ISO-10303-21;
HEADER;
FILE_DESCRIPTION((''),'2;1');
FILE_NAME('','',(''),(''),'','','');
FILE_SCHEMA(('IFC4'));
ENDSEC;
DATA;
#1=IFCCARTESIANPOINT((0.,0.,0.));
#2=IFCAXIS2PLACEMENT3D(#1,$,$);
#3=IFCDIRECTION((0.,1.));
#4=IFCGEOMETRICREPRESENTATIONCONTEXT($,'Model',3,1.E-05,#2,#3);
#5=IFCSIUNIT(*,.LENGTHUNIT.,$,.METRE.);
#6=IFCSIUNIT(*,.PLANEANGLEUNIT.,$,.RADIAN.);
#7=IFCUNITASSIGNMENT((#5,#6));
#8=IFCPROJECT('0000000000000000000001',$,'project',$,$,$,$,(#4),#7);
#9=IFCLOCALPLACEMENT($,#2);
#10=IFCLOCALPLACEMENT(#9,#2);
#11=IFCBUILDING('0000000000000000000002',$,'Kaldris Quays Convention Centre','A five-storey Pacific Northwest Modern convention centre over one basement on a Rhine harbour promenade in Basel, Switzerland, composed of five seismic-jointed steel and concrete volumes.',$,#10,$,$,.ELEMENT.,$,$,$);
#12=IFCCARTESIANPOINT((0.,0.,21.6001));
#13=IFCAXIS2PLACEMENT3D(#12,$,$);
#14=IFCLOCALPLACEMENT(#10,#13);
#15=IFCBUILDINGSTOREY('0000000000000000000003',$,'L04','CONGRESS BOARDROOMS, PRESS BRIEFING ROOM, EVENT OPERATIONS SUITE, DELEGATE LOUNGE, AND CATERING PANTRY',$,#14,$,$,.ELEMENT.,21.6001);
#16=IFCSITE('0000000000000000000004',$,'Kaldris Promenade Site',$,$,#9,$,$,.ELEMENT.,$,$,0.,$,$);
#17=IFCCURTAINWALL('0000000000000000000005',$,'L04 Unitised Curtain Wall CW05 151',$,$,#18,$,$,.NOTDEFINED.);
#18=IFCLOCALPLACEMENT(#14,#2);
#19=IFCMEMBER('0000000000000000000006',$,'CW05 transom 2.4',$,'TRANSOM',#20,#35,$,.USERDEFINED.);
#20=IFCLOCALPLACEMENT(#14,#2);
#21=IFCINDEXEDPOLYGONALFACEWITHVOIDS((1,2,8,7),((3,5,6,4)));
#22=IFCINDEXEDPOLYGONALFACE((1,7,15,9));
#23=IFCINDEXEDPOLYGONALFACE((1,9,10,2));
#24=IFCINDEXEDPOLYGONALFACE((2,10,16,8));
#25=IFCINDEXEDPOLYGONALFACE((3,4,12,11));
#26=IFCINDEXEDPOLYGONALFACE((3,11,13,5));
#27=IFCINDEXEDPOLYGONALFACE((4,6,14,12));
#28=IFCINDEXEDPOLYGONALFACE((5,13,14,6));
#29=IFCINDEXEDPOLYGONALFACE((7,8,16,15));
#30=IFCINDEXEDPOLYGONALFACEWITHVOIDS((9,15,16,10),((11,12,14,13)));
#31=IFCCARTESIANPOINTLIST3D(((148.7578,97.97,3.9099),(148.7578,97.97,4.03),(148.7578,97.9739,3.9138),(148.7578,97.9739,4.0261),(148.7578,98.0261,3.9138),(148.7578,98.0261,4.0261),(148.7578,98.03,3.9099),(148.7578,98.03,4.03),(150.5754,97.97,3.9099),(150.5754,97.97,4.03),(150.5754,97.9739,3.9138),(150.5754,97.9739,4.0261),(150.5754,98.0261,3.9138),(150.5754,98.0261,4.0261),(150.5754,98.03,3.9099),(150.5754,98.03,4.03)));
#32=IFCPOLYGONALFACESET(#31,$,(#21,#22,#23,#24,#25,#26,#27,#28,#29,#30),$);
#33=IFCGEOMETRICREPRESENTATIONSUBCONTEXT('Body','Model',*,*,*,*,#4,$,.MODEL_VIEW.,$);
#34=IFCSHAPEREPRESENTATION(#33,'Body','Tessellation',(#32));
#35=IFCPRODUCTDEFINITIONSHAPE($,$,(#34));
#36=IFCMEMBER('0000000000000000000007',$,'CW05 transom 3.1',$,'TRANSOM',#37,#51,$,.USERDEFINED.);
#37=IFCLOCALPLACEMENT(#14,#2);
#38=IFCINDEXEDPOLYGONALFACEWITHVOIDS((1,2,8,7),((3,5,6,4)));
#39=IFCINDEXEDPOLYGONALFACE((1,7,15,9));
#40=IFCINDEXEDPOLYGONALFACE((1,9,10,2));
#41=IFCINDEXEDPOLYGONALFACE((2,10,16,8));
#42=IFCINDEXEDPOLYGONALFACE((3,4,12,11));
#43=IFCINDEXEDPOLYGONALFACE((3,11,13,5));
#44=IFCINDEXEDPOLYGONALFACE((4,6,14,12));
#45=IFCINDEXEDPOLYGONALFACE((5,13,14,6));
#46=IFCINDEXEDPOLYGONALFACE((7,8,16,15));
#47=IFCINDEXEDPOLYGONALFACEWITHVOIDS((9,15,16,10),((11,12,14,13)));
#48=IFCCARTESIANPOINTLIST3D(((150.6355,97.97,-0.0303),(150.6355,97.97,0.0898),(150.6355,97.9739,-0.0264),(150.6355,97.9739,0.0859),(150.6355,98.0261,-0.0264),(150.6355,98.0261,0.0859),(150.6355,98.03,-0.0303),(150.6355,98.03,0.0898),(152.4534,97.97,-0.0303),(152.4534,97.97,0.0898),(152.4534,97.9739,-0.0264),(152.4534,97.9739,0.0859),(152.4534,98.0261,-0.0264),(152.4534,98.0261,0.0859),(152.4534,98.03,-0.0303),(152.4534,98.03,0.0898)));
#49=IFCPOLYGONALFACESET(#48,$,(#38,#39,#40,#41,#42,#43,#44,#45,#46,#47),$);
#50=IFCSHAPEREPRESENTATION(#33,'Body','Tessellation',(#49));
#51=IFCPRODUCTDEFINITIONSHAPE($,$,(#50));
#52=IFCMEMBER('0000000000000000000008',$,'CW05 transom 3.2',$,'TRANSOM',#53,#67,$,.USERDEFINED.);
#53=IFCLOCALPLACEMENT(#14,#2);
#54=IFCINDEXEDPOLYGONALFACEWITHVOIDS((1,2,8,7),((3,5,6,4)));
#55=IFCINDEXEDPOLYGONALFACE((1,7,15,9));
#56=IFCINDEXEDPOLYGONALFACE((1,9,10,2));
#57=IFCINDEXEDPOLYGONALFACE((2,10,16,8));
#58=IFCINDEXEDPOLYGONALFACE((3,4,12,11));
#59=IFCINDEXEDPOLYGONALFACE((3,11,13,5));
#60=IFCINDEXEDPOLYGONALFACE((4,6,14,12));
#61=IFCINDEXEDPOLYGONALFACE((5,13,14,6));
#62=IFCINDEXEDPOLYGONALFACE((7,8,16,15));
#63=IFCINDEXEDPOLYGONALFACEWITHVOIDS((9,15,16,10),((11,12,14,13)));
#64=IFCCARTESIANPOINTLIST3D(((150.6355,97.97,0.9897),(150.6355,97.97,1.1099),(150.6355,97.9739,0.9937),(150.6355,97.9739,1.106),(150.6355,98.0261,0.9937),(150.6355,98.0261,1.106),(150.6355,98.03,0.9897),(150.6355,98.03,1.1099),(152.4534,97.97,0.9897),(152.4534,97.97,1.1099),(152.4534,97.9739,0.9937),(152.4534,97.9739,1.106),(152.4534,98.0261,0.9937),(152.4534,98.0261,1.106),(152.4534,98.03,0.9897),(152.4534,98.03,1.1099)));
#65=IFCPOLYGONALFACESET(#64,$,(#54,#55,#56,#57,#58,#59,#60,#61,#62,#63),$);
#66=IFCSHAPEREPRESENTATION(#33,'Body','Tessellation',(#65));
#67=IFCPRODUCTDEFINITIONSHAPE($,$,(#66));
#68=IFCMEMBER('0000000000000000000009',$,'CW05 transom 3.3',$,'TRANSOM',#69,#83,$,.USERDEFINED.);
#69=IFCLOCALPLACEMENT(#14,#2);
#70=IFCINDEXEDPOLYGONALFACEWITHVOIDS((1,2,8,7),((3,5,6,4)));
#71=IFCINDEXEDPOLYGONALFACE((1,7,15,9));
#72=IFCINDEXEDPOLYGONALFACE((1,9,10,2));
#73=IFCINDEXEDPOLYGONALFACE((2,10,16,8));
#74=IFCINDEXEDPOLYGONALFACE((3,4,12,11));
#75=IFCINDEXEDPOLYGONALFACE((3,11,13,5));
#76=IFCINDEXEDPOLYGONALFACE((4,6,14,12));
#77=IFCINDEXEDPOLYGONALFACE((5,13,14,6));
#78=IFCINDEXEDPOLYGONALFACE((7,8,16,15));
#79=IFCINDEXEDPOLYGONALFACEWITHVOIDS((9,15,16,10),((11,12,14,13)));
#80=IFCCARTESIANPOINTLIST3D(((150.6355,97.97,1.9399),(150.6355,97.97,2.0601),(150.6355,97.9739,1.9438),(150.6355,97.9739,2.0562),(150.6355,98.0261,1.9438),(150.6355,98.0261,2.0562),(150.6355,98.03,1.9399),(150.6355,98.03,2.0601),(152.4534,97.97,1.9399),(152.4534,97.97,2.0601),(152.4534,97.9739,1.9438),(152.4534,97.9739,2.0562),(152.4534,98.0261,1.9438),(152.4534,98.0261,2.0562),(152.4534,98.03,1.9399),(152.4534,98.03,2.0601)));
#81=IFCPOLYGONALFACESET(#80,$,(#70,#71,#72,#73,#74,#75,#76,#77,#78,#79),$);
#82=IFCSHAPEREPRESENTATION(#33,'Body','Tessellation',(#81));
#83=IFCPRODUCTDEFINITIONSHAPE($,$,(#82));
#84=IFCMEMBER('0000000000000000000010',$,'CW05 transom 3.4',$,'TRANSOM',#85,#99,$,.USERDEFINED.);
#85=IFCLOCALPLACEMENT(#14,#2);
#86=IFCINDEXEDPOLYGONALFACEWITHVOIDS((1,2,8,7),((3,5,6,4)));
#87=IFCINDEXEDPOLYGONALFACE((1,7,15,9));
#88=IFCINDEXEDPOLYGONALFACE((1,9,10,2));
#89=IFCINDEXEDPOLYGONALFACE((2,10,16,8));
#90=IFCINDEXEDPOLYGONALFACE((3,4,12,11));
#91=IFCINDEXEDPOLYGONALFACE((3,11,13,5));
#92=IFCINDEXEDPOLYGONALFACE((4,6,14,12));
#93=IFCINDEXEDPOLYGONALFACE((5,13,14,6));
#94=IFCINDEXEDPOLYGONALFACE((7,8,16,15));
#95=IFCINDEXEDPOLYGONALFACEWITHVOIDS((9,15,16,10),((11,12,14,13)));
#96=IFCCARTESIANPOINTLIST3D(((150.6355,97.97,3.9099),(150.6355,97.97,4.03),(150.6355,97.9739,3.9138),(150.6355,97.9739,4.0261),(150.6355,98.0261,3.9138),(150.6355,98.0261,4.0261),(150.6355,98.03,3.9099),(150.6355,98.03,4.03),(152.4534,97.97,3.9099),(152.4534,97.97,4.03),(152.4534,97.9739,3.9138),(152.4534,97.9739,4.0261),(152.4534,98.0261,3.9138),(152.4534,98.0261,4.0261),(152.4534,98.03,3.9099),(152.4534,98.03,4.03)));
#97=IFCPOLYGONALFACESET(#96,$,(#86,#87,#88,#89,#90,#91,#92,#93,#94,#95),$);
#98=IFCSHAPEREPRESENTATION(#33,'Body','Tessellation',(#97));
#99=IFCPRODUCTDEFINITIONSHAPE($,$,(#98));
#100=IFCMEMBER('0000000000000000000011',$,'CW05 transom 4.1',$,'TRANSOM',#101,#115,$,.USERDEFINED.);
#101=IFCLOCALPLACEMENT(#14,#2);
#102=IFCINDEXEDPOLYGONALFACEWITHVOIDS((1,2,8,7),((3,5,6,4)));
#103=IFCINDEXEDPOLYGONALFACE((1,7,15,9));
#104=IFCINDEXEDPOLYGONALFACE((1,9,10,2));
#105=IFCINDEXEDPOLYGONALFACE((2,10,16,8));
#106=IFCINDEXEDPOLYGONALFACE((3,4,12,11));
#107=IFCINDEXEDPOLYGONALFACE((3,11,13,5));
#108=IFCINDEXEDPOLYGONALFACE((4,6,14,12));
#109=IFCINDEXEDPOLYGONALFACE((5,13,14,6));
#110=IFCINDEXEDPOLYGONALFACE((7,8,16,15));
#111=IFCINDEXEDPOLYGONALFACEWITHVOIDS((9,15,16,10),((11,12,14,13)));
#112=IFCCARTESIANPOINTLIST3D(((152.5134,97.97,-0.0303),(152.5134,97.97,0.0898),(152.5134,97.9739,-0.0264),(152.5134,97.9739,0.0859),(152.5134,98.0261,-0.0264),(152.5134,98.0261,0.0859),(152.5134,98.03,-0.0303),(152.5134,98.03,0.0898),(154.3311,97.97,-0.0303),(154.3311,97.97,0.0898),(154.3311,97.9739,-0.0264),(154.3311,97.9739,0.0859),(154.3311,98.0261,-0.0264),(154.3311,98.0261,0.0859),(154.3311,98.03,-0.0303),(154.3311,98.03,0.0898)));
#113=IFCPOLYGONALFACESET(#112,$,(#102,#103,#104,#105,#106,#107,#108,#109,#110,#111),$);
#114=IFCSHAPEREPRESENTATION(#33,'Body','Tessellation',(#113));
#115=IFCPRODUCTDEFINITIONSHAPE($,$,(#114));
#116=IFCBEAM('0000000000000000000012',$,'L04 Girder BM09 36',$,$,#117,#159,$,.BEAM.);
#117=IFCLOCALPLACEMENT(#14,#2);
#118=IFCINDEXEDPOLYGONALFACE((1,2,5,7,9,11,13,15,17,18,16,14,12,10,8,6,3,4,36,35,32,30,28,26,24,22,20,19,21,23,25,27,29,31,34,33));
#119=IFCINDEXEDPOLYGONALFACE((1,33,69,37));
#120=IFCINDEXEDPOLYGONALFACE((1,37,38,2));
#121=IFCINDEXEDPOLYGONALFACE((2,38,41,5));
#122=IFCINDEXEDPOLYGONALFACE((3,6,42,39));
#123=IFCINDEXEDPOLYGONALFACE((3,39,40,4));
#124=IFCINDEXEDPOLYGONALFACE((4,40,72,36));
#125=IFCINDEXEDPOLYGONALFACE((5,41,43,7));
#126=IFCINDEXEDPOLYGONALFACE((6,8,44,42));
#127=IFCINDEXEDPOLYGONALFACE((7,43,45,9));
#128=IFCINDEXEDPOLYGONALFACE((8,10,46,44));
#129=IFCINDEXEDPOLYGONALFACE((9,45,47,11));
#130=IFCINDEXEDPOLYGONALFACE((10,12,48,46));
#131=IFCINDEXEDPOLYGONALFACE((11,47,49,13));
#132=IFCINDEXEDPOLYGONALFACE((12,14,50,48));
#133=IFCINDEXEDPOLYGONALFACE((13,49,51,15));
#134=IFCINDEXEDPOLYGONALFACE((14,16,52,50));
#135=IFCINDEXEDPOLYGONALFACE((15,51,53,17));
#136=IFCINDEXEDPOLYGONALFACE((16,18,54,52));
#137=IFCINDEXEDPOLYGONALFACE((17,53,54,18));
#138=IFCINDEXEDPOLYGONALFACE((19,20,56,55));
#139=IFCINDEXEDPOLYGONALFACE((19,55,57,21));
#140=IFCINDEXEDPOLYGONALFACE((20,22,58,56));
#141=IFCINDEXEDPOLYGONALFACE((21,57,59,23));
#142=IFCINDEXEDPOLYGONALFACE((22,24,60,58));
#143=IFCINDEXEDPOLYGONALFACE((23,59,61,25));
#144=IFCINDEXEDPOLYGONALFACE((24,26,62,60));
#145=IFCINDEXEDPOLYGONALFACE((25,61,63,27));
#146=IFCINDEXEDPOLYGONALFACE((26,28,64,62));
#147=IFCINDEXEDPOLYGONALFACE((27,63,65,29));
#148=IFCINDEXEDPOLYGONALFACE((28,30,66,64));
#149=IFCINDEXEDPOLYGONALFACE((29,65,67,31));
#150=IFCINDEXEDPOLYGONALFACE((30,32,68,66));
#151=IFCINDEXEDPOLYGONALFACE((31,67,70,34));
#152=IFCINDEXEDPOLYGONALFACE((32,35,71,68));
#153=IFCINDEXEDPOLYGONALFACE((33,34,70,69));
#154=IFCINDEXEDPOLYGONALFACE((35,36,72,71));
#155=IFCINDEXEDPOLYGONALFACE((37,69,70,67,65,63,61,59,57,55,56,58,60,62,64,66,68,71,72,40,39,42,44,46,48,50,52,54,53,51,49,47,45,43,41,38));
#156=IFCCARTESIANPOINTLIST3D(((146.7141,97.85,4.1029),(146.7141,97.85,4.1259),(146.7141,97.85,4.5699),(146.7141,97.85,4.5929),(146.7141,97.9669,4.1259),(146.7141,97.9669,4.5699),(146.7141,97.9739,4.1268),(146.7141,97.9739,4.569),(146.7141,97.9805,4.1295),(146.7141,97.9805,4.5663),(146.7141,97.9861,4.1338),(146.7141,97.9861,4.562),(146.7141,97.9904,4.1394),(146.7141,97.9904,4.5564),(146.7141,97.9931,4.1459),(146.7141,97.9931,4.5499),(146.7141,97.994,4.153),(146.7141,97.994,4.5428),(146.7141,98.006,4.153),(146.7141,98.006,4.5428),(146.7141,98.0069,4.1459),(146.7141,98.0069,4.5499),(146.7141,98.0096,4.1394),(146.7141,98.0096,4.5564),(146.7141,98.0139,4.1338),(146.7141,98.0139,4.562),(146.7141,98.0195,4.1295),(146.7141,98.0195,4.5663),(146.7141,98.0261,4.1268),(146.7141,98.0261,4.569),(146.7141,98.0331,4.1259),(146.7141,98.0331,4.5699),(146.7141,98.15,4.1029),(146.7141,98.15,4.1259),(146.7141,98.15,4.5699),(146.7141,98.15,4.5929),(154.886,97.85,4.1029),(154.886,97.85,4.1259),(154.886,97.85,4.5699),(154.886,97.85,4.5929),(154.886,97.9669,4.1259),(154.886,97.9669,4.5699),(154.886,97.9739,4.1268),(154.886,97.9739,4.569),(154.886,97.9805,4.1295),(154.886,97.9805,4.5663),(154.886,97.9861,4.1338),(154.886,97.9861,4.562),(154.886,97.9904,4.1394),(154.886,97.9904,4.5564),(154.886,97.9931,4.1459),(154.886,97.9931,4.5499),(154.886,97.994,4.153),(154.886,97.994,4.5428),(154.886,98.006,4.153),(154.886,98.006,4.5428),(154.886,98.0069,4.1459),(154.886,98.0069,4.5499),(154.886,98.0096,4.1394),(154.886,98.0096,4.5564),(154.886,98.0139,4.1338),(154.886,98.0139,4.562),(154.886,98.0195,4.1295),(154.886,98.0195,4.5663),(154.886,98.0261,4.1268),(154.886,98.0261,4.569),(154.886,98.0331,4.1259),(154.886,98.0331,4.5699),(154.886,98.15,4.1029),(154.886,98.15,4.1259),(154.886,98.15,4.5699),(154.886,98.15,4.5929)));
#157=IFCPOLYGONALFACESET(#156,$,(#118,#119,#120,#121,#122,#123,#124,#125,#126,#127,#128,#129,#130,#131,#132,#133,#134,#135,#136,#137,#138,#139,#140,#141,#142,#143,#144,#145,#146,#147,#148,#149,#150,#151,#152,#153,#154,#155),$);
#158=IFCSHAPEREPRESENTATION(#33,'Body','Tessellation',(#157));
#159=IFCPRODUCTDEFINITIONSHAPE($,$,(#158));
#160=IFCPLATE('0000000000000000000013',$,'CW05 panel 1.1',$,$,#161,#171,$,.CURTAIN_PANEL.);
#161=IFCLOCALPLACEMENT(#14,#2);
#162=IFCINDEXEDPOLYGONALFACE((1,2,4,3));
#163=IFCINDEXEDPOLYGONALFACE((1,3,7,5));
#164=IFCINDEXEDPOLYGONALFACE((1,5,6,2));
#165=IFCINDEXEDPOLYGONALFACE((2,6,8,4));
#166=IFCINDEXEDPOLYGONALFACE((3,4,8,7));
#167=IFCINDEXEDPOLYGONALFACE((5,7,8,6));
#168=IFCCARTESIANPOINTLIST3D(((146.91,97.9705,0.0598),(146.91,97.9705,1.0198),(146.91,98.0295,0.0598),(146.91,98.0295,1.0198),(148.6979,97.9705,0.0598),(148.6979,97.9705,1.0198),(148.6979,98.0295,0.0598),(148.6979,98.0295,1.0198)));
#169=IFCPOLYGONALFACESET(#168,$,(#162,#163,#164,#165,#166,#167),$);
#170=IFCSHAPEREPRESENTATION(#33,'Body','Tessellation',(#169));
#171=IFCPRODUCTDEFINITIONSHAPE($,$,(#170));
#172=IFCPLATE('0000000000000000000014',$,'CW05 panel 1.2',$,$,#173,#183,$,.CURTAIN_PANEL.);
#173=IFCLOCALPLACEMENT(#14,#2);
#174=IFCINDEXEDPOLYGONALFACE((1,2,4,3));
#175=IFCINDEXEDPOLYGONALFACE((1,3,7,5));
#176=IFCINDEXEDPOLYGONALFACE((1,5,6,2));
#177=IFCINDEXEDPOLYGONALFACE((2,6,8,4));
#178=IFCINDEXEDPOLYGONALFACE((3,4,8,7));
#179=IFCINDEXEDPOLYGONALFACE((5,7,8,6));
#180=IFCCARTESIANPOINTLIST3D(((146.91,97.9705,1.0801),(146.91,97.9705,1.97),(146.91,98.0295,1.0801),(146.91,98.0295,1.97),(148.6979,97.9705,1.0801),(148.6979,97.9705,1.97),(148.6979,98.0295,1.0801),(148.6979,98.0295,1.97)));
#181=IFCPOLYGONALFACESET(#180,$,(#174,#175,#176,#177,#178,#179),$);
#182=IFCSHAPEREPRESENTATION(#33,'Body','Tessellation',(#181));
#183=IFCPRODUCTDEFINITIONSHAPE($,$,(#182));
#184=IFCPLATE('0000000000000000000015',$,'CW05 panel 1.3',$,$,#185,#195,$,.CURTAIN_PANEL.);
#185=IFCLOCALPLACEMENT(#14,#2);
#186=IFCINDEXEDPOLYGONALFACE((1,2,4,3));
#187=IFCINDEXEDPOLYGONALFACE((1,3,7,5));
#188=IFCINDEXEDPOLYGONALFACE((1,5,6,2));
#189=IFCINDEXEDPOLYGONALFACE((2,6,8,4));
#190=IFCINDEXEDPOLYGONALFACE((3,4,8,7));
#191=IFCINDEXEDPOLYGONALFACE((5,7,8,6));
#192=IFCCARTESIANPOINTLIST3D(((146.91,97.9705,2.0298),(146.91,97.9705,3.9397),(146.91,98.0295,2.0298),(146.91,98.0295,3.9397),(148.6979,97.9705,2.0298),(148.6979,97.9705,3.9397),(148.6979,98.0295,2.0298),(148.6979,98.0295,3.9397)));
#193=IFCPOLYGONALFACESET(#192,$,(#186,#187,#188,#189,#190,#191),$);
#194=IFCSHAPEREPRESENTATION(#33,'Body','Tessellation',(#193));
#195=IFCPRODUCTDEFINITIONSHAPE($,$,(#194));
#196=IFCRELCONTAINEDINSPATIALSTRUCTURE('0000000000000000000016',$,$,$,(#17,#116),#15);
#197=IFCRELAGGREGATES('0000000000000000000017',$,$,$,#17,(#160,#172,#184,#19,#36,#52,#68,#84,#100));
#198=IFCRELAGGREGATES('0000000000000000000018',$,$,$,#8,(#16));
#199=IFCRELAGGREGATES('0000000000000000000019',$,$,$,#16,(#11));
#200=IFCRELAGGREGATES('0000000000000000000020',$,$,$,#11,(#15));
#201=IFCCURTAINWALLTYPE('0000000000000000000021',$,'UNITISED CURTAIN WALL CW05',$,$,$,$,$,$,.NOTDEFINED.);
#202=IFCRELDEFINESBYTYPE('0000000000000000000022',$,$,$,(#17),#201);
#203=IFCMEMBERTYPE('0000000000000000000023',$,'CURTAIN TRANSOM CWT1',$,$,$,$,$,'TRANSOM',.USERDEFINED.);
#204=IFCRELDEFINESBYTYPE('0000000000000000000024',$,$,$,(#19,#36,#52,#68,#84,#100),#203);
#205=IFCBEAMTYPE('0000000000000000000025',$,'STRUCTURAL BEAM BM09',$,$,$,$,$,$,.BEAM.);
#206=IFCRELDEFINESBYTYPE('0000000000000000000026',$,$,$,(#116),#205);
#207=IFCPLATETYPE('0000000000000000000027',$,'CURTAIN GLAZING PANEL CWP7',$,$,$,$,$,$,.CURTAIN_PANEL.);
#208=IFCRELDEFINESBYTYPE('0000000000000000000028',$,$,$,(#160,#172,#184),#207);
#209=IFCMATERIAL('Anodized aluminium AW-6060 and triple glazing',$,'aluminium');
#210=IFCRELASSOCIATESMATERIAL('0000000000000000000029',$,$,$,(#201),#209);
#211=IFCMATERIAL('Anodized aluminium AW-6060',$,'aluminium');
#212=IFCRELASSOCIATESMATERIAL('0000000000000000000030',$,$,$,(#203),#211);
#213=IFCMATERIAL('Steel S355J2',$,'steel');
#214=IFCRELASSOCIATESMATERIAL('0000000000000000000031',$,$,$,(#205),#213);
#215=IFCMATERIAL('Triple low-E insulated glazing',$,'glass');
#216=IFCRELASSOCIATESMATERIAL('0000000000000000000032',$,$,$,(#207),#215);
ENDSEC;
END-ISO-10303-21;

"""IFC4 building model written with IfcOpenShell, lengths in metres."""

from ifc_helpers import new_model, si_unit, direction, frame, origin, origin_2d, place, context, subcontext, project, spatial, rectangle, hollow_rectangle, i_section, extrude, material, material_profile, profile_set, type_object, element, aggregate, save


model = new_model("IFC4")

# Units and contexts
model_context = context("Model", 3, precision=1e-05, world=origin(), true_north=direction((0.0, 1.0)))
body_context = subcontext(model_context, "Body", "Model", "MODEL_VIEW")
ifc_project = project(units=[si_unit("LENGTHUNIT", "METRE"), si_unit("PLANEANGLEUNIT", "RADIAN")], contexts=[model_context])

# Site, building, storey
site_placement = place(None, origin())
site = spatial("IfcSite", under=ifc_project, at=site_placement, Name="Kaldris Promenade Site", CompositionType="ELEMENT", RefElevation=0.0)
building_placement = place(site_placement, origin())
building = spatial("IfcBuilding", under=site, at=building_placement, Name="Kaldris Quays Convention Centre", Description="A five-storey Pacific Northwest Modern convention centre over one basement on a Rhine harbour promenade in Basel, Switzerland, composed of five seismic-jointed steel and concrete volumes.", CompositionType="ELEMENT")
storey_placement = place(building_placement, frame((0.0, 0.0, 21.6001)))
storey = spatial("IfcBuildingStorey", under=building, at=storey_placement, Name="L04", Description="CONGRESS BOARDROOMS, PRESS BRIEFING ROOM, EVENT OPERATIONS SUITE, DELEGATE LOUNGE, AND CATERING PANTRY", CompositionType="ELEMENT", Elevation=21.6001)

# Curtain wall, members
ifc_material_1 = material(Name="Anodized aluminium AW-6060 and triple glazing", Category="aluminium")
curtain_wall_type = type_object("IfcCurtainWallType", Name="UNITISED CURTAIN WALL CW05", PredefinedType="NOTDEFINED", material=ifc_material_1)
curtain_wall_placement = place(storey_placement, origin())
curtain_wall = element("IfcCurtainWall", 1, at=curtain_wall_placement, inside=storey, type_object=curtain_wall_type, Name="L04 Unitised Curtain Wall CW05 151", PredefinedType="NOTDEFINED")
ifc_material_2 = material(Name="Anodized aluminium AW-6060", Category="aluminium")
ifc_material_profile_1 = material_profile(ifc_material_2, hollow_rectangle(XDim=0.0601, YDim=0.1201, WallThickness=0.0039, at=origin_2d()), Name="RHS 120x60x4")
ifc_profile_set_1 = profile_set([ifc_material_profile_1], Name="Anodized aluminium AW-6060")
member_type_1 = type_object("IfcMemberType", Name="CURTAIN TRANSOM CWT1", ElementType="TRANSOM", PredefinedType="USERDEFINED", material=ifc_profile_set_1)
member_1_placement = place(storey_placement, frame((148.7578, 98.0, 3.97), z_axis=(1.0, 0.0, 0.0), x_axis=(0.0, 1.0, 0.0)))
member_1 = element("IfcMember", 2, at=member_1_placement, type_object=member_type_1, Name="CW05 transom 2.4", ObjectType="TRANSOM", PredefinedType="USERDEFINED", context=body_context, shape_type="SweptSolid", body=[
    extrude(hollow_rectangle(XDim=0.0601, YDim=0.1201, WallThickness=0.0039, at=origin_2d()), origin(), (0.0, 0.0, 1.0), 1.8176),
])
member_2_placement = place(storey_placement, frame((150.6355, 98.0, 0.0298), z_axis=(1.0, 0.0, 0.0), x_axis=(0.0, 1.0, 0.0)))
member_2 = element("IfcMember", 3, at=member_2_placement, type_object=member_type_1, Name="CW05 transom 3.1", ObjectType="TRANSOM", PredefinedType="USERDEFINED", context=body_context, shape_type="SweptSolid", body=[
    extrude(hollow_rectangle(XDim=0.0601, YDim=0.1201, WallThickness=0.0039, at=origin_2d()), origin(), (0.0, 0.0, 1.0), 1.8179),
])
member_3_placement = place(storey_placement, frame((150.6355, 98.0, 1.0498), z_axis=(1.0, 0.0, 0.0), x_axis=(0.0, 1.0, 0.0)))
member_3 = element("IfcMember", 4, at=member_3_placement, type_object=member_type_1, Name="CW05 transom 3.2", ObjectType="TRANSOM", PredefinedType="USERDEFINED", context=body_context, shape_type="SweptSolid", body=[
    extrude(hollow_rectangle(XDim=0.0601, YDim=0.1201, WallThickness=0.0039, at=origin_2d()), origin(), (0.0, 0.0, 1.0), 1.8179),
])
member_4_placement = place(storey_placement, frame((150.6355, 98.0, 2.0), z_axis=(1.0, 0.0, 0.0), x_axis=(0.0, 1.0, 0.0)))
member_4 = element("IfcMember", 5, at=member_4_placement, type_object=member_type_1, Name="CW05 transom 3.3", ObjectType="TRANSOM", PredefinedType="USERDEFINED", context=body_context, shape_type="SweptSolid", body=[
    extrude(hollow_rectangle(XDim=0.0601, YDim=0.1201, WallThickness=0.0039, at=origin_2d()), origin(), (0.0, 0.0, 1.0), 1.8179),
])
member_5_placement = place(storey_placement, frame((150.6355, 98.0, 3.97), z_axis=(1.0, 0.0, 0.0), x_axis=(0.0, 1.0, 0.0)))
member_5 = element("IfcMember", 6, at=member_5_placement, type_object=member_type_1, Name="CW05 transom 3.4", ObjectType="TRANSOM", PredefinedType="USERDEFINED", context=body_context, shape_type="SweptSolid", body=[
    extrude(hollow_rectangle(XDim=0.0601, YDim=0.1201, WallThickness=0.0039, at=origin_2d()), origin(), (0.0, 0.0, 1.0), 1.8179),
])
member_6_placement = place(storey_placement, frame((152.5134, 98.0, 0.0298), z_axis=(1.0, 0.0, 0.0), x_axis=(0.0, 1.0, 0.0)))
member_6 = element("IfcMember", 7, at=member_6_placement, type_object=member_type_1, Name="CW05 transom 4.1", ObjectType="TRANSOM", PredefinedType="USERDEFINED", context=body_context, shape_type="SweptSolid", body=[
    extrude(hollow_rectangle(XDim=0.0601, YDim=0.1201, WallThickness=0.0039, at=origin_2d()), origin(), (0.0, 0.0, 1.0), 1.8176),
])

# Beam
ifc_material_3 = material(Name="Steel S355J2", Category="steel")
ifc_material_profile_2 = material_profile(ifc_material_3, i_section(OverallWidth=0.3, OverallDepth=0.49, WebThickness=0.012, FlangeThickness=0.0229, FilletRadius=0.0271, at=origin_2d()), Name="HEA 500")
ifc_profile_set_2 = profile_set([ifc_material_profile_2], Name="Steel S355J2")
beam_type = type_object("IfcBeamType", Name="STRUCTURAL BEAM BM09", PredefinedType="BEAM", material=ifc_profile_set_2)
beam_placement = place(storey_placement, frame((146.7141, 98.0, 4.3479), z_axis=(1.0, 0.0, 0.0), x_axis=(0.0, 1.0, 0.0)))
element("IfcBeam", 8, at=beam_placement, inside=storey, type_object=beam_type, Name="L04 Girder BM09 36", PredefinedType="BEAM", context=body_context, shape_type="SweptSolid", body=[
    extrude(i_section(OverallWidth=0.3, OverallDepth=0.49, WebThickness=0.012, FlangeThickness=0.0229, FilletRadius=0.0271, at=origin_2d()), origin(), (0.0, 0.0, 1.0), 8.1719),
])

# Plates
ifc_material_4 = material(Name="Triple low-E insulated glazing", Category="glass")
plate_type = type_object("IfcPlateType", Name="CURTAIN GLAZING PANEL CWP7", PredefinedType="CURTAIN_PANEL", material=ifc_material_4)
plate_1_placement = place(storey_placement, frame((147.804, 98.0, 0.0598), z_axis=(0.0, 0.0, 1.0), x_axis=(1.0, 0.0, 0.0)))
plate_1 = element("IfcPlate", 9, at=plate_1_placement, type_object=plate_type, Name="CW05 panel 1.1", PredefinedType="CURTAIN_PANEL", context=body_context, shape_type="SweptSolid", body=[
    extrude(rectangle(XDim=1.7878, YDim=0.0591, at=origin_2d()), origin(), (0.0, 0.0, 1.0), 0.96),
])
plate_2_placement = place(storey_placement, frame((147.804, 98.0, 1.0801), z_axis=(0.0, 0.0, 1.0), x_axis=(1.0, 0.0, 0.0)))
plate_2 = element("IfcPlate", 10, at=plate_2_placement, type_object=plate_type, Name="CW05 panel 1.2", PredefinedType="CURTAIN_PANEL", context=body_context, shape_type="SweptSolid", body=[
    extrude(rectangle(XDim=1.7878, YDim=0.0591, at=origin_2d()), origin(), (0.0, 0.0, 1.0), 0.8899),
])
plate_3_placement = place(storey_placement, frame((147.804, 98.0, 2.0298), z_axis=(0.0, 0.0, 1.0), x_axis=(1.0, 0.0, 0.0)))
plate_3 = element("IfcPlate", 11, at=plate_3_placement, type_object=plate_type, Name="CW05 panel 1.3", PredefinedType="CURTAIN_PANEL", context=body_context, shape_type="SweptSolid", body=[
    extrude(rectangle(XDim=1.7878, YDim=0.0591, at=origin_2d()), origin(), (0.0, 0.0, 1.0), 1.9099),
])
aggregate(curtain_wall, [plate_1, plate_2, plate_3, member_1, member_2, member_3, member_4, member_5, member_6])

save(model, "model.ifc")
